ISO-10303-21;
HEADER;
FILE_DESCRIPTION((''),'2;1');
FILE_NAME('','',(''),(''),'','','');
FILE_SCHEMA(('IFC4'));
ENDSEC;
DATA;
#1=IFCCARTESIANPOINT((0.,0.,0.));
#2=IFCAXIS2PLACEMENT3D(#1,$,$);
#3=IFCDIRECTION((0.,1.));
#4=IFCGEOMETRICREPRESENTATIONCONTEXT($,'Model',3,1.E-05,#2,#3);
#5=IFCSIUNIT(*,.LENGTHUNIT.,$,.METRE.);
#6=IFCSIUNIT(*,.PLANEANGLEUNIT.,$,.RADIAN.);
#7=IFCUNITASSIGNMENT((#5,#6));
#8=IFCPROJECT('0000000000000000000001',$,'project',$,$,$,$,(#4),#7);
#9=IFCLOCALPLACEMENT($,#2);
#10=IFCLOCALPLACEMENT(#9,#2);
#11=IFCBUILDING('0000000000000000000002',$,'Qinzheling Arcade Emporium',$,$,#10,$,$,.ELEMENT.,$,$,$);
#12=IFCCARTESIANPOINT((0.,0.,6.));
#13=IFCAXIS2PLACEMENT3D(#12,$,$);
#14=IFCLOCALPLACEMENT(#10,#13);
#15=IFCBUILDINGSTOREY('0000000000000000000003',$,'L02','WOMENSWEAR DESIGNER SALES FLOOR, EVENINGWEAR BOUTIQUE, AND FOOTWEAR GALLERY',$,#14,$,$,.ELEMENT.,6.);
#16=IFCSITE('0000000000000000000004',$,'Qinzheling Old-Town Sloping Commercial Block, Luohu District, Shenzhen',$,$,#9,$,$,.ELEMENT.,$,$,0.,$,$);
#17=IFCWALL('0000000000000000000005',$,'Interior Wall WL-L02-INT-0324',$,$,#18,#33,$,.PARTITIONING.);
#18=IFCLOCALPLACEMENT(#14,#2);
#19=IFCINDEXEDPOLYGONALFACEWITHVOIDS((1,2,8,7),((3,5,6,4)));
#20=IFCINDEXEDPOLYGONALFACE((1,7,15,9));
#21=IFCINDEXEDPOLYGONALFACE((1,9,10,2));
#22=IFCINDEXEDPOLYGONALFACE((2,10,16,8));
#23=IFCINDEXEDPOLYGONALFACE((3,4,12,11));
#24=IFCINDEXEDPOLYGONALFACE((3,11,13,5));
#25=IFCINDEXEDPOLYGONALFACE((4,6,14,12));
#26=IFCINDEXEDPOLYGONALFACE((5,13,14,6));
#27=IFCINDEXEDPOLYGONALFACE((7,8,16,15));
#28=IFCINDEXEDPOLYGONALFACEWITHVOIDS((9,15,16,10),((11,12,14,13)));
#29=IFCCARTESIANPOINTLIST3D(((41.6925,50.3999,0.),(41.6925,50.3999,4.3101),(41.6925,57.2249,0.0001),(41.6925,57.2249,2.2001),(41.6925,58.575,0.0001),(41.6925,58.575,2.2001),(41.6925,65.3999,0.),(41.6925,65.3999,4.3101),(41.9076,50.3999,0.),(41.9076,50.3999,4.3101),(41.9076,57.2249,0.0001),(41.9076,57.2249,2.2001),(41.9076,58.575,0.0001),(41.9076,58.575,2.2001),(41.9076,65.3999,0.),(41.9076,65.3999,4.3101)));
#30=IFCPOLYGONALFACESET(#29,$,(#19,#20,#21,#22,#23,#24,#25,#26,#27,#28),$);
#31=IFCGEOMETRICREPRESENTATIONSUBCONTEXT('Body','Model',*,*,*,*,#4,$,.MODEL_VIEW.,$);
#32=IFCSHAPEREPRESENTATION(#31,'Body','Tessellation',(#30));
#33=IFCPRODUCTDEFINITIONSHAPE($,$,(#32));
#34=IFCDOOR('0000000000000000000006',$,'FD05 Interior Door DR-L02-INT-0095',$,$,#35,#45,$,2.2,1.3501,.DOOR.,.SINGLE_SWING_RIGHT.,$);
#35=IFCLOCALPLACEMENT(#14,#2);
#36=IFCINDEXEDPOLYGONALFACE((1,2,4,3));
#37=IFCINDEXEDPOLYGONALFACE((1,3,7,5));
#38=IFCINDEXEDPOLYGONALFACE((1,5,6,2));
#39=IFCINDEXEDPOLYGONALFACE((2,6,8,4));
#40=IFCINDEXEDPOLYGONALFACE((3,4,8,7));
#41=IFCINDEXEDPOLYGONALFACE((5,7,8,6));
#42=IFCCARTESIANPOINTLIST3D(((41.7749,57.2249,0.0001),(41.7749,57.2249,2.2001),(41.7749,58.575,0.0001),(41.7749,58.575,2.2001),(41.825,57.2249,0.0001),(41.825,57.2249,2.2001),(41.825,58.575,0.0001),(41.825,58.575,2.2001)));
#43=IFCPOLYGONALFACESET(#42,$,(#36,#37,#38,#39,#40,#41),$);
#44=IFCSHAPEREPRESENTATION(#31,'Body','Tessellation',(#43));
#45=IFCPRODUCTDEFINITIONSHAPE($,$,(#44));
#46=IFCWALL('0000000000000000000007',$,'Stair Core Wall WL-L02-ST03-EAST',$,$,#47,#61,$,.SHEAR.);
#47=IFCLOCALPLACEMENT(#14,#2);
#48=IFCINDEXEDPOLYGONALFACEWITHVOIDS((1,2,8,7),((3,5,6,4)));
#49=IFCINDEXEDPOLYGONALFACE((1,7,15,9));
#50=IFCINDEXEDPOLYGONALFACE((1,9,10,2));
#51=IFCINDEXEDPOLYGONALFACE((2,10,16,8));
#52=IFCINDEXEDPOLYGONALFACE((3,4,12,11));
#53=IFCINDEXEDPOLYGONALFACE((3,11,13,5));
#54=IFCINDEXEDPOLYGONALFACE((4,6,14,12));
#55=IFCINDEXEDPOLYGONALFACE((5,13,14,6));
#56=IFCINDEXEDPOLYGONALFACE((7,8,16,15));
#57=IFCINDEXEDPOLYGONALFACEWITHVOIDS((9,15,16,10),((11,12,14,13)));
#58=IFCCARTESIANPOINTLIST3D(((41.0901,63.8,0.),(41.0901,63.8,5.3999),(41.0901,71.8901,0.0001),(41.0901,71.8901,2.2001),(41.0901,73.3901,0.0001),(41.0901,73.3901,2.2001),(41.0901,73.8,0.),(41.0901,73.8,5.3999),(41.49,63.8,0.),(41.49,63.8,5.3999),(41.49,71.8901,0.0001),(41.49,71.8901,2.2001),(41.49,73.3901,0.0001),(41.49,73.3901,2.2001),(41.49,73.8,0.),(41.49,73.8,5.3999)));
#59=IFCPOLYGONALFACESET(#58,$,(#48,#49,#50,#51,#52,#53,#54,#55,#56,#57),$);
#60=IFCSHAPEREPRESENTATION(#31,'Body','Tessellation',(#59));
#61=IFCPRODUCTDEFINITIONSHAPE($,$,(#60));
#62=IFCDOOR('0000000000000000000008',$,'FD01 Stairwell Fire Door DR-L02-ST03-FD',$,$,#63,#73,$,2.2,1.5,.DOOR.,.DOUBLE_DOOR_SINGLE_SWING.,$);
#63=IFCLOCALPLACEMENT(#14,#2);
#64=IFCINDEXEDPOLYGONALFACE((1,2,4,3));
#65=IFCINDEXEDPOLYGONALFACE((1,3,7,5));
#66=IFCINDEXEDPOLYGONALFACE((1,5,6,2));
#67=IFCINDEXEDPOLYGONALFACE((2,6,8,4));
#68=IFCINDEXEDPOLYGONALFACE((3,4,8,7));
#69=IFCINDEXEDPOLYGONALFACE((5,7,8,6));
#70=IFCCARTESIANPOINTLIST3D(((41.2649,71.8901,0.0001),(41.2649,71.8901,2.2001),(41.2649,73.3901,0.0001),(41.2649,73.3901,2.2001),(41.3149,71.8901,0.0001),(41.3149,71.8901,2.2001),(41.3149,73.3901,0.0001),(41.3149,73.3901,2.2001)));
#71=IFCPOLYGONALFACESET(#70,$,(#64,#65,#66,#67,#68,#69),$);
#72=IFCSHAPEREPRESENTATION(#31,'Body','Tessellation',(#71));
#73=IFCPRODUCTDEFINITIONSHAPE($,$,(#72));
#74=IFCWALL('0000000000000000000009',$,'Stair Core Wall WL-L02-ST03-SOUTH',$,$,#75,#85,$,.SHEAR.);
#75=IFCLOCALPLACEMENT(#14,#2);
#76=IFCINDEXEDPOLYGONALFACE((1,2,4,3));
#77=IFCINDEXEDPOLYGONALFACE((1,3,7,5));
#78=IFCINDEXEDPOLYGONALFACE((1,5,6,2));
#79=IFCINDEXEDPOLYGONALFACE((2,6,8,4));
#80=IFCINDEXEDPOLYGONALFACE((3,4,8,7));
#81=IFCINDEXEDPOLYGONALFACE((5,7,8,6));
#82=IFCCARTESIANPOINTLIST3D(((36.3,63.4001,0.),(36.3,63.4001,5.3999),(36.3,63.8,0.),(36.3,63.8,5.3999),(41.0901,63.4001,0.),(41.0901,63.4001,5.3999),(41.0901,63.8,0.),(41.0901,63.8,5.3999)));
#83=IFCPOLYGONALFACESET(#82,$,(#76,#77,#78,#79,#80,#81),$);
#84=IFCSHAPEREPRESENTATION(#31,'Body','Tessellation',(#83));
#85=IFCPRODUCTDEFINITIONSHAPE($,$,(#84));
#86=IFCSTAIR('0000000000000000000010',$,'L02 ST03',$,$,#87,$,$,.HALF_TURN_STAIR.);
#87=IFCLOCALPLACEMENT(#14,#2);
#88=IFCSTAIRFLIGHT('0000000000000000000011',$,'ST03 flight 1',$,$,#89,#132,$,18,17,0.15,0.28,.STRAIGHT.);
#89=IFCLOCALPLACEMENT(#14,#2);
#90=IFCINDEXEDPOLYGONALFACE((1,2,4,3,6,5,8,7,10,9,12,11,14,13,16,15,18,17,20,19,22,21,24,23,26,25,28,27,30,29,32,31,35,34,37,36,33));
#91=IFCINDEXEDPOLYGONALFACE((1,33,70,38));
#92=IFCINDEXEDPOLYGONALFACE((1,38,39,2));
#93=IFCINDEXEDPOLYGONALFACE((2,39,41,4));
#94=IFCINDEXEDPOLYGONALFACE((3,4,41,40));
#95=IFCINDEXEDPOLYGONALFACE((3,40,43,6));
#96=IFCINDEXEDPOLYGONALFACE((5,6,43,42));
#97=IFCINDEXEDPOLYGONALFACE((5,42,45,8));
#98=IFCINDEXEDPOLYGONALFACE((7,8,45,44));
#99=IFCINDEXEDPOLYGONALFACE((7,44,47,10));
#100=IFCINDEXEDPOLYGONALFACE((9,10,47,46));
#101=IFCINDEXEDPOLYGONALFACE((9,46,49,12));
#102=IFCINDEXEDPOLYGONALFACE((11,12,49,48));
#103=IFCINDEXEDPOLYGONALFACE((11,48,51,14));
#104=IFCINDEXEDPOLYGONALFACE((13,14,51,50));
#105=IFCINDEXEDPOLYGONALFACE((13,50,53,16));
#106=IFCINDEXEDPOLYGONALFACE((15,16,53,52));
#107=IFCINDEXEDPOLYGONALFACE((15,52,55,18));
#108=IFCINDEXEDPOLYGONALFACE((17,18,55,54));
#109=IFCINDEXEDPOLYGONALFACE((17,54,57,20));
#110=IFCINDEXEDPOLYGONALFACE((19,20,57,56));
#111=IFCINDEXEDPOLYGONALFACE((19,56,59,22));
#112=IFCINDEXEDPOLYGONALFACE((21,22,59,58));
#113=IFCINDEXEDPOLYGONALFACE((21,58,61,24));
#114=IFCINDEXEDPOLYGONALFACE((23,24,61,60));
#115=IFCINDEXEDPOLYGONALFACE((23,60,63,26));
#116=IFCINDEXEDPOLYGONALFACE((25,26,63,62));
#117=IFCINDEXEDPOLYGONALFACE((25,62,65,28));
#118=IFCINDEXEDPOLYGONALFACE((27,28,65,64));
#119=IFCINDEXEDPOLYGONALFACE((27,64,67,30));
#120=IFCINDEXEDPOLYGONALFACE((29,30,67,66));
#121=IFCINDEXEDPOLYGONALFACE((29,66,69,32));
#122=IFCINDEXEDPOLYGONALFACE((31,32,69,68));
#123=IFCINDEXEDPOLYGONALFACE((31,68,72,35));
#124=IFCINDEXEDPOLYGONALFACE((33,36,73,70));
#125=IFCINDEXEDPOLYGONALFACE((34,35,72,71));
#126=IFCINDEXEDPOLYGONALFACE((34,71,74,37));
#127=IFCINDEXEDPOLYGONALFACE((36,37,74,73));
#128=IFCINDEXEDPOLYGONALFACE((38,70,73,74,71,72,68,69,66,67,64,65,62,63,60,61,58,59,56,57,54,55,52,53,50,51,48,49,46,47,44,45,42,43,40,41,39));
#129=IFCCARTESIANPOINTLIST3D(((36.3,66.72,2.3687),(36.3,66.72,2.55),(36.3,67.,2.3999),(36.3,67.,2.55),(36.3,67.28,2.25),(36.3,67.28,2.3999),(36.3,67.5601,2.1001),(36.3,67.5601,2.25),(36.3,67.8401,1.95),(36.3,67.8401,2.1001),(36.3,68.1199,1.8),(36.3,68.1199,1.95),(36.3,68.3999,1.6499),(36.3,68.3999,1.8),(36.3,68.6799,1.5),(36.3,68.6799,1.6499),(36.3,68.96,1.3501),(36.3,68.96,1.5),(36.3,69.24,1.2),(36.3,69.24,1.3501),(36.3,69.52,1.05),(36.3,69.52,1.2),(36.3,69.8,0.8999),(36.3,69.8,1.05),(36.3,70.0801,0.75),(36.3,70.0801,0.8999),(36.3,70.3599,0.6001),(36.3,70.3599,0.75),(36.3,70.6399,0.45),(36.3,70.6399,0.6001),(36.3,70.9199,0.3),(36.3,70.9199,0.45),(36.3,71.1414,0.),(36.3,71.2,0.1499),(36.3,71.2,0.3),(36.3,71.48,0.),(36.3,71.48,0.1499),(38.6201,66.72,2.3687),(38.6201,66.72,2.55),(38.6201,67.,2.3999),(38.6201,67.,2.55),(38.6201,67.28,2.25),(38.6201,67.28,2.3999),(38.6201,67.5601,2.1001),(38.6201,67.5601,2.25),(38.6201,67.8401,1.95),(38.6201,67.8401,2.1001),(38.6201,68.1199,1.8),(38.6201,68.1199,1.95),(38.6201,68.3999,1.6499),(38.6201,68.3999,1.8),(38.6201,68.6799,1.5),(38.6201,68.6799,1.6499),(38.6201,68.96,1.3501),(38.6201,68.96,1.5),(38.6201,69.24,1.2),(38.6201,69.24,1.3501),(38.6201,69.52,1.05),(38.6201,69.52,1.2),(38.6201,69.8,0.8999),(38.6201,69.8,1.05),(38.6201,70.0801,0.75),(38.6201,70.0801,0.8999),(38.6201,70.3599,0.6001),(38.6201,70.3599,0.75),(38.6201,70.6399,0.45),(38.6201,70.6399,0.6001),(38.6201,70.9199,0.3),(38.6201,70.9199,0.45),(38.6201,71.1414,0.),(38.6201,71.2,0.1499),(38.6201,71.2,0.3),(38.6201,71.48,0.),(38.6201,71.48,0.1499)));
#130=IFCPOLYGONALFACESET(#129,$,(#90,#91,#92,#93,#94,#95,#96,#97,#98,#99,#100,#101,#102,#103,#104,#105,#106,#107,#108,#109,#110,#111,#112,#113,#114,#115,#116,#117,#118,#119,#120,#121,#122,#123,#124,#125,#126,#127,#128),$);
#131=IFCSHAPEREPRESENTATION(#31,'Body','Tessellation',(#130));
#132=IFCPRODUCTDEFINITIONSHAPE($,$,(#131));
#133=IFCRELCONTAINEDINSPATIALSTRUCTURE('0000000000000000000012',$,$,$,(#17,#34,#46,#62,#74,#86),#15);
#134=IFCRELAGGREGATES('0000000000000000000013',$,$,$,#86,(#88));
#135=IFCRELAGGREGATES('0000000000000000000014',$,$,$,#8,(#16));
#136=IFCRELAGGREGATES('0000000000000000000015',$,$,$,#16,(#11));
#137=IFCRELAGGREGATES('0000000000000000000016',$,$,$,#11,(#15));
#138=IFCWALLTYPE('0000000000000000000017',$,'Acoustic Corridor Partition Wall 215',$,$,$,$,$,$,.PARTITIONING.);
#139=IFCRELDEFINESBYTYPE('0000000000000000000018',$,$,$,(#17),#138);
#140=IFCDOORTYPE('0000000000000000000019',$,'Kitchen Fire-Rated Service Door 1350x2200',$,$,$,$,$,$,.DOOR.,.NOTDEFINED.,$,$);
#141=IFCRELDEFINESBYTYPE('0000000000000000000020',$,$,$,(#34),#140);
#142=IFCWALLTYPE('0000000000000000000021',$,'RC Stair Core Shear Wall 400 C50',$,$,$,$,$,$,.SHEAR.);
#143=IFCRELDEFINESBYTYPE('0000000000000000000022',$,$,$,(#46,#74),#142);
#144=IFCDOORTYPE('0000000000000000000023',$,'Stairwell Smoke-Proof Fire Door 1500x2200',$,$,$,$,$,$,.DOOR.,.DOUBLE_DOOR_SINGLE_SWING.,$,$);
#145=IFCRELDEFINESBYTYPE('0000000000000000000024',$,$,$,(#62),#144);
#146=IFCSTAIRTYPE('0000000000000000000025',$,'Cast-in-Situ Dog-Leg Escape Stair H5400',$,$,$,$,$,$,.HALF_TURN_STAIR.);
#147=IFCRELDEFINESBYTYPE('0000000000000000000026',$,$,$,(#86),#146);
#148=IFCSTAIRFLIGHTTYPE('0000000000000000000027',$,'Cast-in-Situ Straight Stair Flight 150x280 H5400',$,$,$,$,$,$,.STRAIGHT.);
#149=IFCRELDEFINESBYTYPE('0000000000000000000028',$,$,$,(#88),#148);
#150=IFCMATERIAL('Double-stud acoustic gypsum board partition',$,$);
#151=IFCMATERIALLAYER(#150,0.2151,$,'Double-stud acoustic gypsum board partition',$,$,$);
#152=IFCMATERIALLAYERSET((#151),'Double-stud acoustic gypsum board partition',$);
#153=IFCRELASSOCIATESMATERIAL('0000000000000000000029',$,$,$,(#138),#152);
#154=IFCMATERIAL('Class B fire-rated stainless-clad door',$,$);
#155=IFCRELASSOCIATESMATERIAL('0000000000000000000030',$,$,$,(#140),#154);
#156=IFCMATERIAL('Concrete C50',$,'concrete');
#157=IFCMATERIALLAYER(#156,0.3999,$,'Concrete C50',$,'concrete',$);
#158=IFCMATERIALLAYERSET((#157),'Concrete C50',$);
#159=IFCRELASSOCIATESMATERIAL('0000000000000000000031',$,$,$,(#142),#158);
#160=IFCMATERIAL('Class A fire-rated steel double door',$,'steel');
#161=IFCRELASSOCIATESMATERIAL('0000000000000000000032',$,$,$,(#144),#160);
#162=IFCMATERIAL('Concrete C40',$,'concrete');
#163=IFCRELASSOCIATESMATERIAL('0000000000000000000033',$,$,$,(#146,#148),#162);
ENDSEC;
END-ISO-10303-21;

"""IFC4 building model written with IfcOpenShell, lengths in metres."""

from ifc_helpers import new_model, si_unit, direction, frame, frame_2d, origin, place, context, subcontext, project, spatial, polyline, rectangle, outline, extrude, material, layer, layer_set, type_object, element, fill, aggregate, save


model = new_model("IFC4")

# Units and contexts
model_context = context("Model", 3, precision=1e-05, world=origin(), true_north=direction((0.0, 1.0)))
body_context = subcontext(model_context, "Body", "Model", "MODEL_VIEW")
ifc_project = project(units=[si_unit("LENGTHUNIT", "METRE"), si_unit("PLANEANGLEUNIT", "RADIAN")], contexts=[model_context])

# Site, building, storey
site_placement = place(None, origin())
site = spatial("IfcSite", under=ifc_project, at=site_placement, Name="Qinzheling Old-Town Sloping Commercial Block, Luohu District, Shenzhen", CompositionType="ELEMENT", RefElevation=0.0)
building_placement = place(site_placement, origin())
building = spatial("IfcBuilding", under=site, at=building_placement, Name="Qinzheling Arcade Emporium", CompositionType="ELEMENT")
storey_placement = place(building_placement, frame((0.0, 0.0, 6.0)))
storey = spatial("IfcBuildingStorey", under=building, at=storey_placement, Name="L02", Description="WOMENSWEAR DESIGNER SALES FLOOR, EVENINGWEAR BOUTIQUE, AND FOOTWEAR GALLERY", CompositionType="ELEMENT", Elevation=6.0)

# Shared definitions
ifc_material_1 = material(Name="Concrete C50", Category="concrete")

# Shared definitions
ifc_material_2 = material(Name="Concrete C40", Category="concrete")

# Shared definitions
ifc_material_3 = material(Name="Double-stud acoustic gypsum board partition")
ifc_layer_1 = layer(ifc_material_3, 0.2151, Name="Double-stud acoustic gypsum board partition")
ifc_layer_set_1 = layer_set([ifc_layer_1], Name="Double-stud acoustic gypsum board partition")
wall_type_1 = type_object("IfcWallType", Name="Acoustic Corridor Partition Wall 215", PredefinedType="PARTITIONING", material=ifc_layer_set_1)

# Walls, openings, doors
wall_1_placement = place(storey_placement, frame((41.8, 65.3999, 0.0), z_axis=(0.0, 0.0, 1.0), x_axis=(0.0, -1.0, 0.0)))
wall_1 = element("IfcWall", 1, at=wall_1_placement, inside=storey, type_object=wall_type_1, Name="Interior Wall WL-L02-INT-0324", PredefinedType="PARTITIONING", context=body_context, shape_type="SweptSolid", body=[
    extrude(rectangle(XDim=15.0, YDim=0.2151, at=frame_2d((7.5, 0.0))), origin(), (0.0, 0.0, 1.0), 4.3101),
])
opening_1_placement = place(wall_1_placement, frame((6.825, 0.0, 0.0)))
opening_1 = element("IfcOpeningElement", 2, at=opening_1_placement, cuts=wall_1, PredefinedType="OPENING", context=body_context, shape_type="SweptSolid", body=[
    extrude(rectangle(XDim=1.3501, YDim=2.2, at=frame_2d((0.675, 1.1001))), frame((0.0, 0.1177, 0.0), z_axis=(0.0, -1.0, 0.0), x_axis=(1.0, 0.0, 0.0)), (0.0, 0.0, 1.0), 0.2351),
])
ifc_material_4 = material(Name="Class B fire-rated stainless-clad door")
door_type_1 = type_object("IfcDoorType", Name="Kitchen Fire-Rated Service Door 1350x2200", OperationType="NOTDEFINED", PredefinedType="DOOR", material=ifc_material_4)
door_1_placement = place(opening_1_placement, origin())
door_1 = element("IfcDoor", 3, at=door_1_placement, inside=storey, type_object=door_type_1, Name="FD05 Interior Door DR-L02-INT-0095", OperationType="SINGLE_SWING_RIGHT", OverallHeight=2.2, OverallWidth=1.3501, PredefinedType="DOOR", context=body_context, shape_type="SweptSolid", body=[
    extrude(rectangle(XDim=1.3501, YDim=2.2, at=frame_2d((0.675, 1.1001))), frame((0.0, 0.0249, 0.0), z_axis=(0.0, -1.0, 0.0), x_axis=(1.0, 0.0, 0.0)), (0.0, 0.0, 1.0), 0.05),
])
fill(opening_1, door_1)
ifc_layer_2 = layer(ifc_material_1, 0.3999, Name="Concrete C50", Category="concrete")
ifc_layer_set_2 = layer_set([ifc_layer_2], Name="Concrete C50")
wall_type_2 = type_object("IfcWallType", Name="RC Stair Core Shear Wall 400 C50", PredefinedType="SHEAR", material=ifc_layer_set_2)
wall_2_placement = place(storey_placement, frame((41.29, 73.8, 0.0), z_axis=(0.0, 0.0, 1.0), x_axis=(0.0, -1.0, 0.0)))
wall_2 = element("IfcWall", 4, at=wall_2_placement, inside=storey, type_object=wall_type_2, Name="Stair Core Wall WL-L02-ST03-EAST", PredefinedType="SHEAR", context=body_context, shape_type="SweptSolid", body=[
    extrude(rectangle(XDim=10.0, YDim=0.3999, at=frame_2d((5.0, 0.0))), origin(), (0.0, 0.0, 1.0), 5.3999),
])
opening_2_placement = place(wall_2_placement, frame((0.4099, 0.0, 0.0)))
opening_2 = element("IfcOpeningElement", 5, at=opening_2_placement, cuts=wall_2, PredefinedType="OPENING", context=body_context, shape_type="SweptSolid", body=[
    extrude(rectangle(XDim=1.5, YDim=2.2, at=frame_2d((0.75, 1.1001))), frame((0.0, 0.21, 0.0), z_axis=(0.0, -1.0, 0.0), x_axis=(1.0, 0.0, 0.0)), (0.0, 0.0, 1.0), 0.4199),
])
ifc_material_5 = material(Name="Class A fire-rated steel double door", Category="steel")
door_type_2 = type_object("IfcDoorType", Name="Stairwell Smoke-Proof Fire Door 1500x2200", OperationType="DOUBLE_DOOR_SINGLE_SWING", PredefinedType="DOOR", material=ifc_material_5)
door_2_placement = place(opening_2_placement, origin())
door_2 = element("IfcDoor", 6, at=door_2_placement, inside=storey, type_object=door_type_2, Name="FD01 Stairwell Fire Door DR-L02-ST03-FD", OperationType="DOUBLE_DOOR_SINGLE_SWING", OverallHeight=2.2, OverallWidth=1.5, PredefinedType="DOOR", context=body_context, shape_type="SweptSolid", body=[
    extrude(rectangle(XDim=1.5, YDim=2.2, at=frame_2d((0.75, 1.1001))), frame((0.0, 0.0249, 0.0), z_axis=(0.0, -1.0, 0.0), x_axis=(1.0, 0.0, 0.0)), (0.0, 0.0, 1.0), 0.05),
])
fill(opening_2, door_2)

# Wall
wall_3_placement = place(storey_placement, frame((41.0901, 63.6001, 0.0), z_axis=(0.0, 0.0, 1.0), x_axis=(-1.0, 0.0, 0.0)))
element("IfcWall", 7, at=wall_3_placement, inside=storey, type_object=wall_type_2, Name="Stair Core Wall WL-L02-ST03-SOUTH", PredefinedType="SHEAR", context=body_context, shape_type="SweptSolid", body=[
    extrude(rectangle(XDim=4.79, YDim=0.3999, at=frame_2d((2.395, 0.0))), origin(), (0.0, 0.0, 1.0), 5.3999),
])

# Stair, stair flight
stair_type = type_object("IfcStairType", Name="Cast-in-Situ Dog-Leg Escape Stair H5400", PredefinedType="HALF_TURN_STAIR", material=ifc_material_2)
stair_placement = place(storey_placement, origin())
stair = element("IfcStair", 8, at=stair_placement, inside=storey, type_object=stair_type, Name="L02 ST03", PredefinedType="HALF_TURN_STAIR")
stair_flight_type = type_object("IfcStairFlightType", Name="Cast-in-Situ Straight Stair Flight 150x280 H5400", PredefinedType="STRAIGHT", material=ifc_material_2)
stair_flight_1_placement = place(storey_placement, frame((37.46, 71.48, 0.0), z_axis=(0.0, 0.0, 1.0), x_axis=(0.0, -1.0, 0.0)))
stair_flight_1 = element("IfcStairFlight", 9, at=stair_flight_1_placement, type_object=stair_flight_type, Name="ST03 flight 1", NumberOfRisers=18, NumberOfTreads=17, PredefinedType="STRAIGHT", RiserHeight=0.15, TreadLength=0.28, context=body_context, shape_type="SweptSolid", body=[
    extrude(outline(polyline([(0.0, 0.0), (0.0, 0.1499), (0.28, 0.1499), (0.28, 0.3), (0.5601, 0.3), (0.5601, 0.45), (0.8401, 0.45), (0.8401, 0.6001), (1.1201, 0.6001), (1.1201, 0.75), (1.3999, 0.75), (1.3999, 0.8999), (1.6799, 0.8999), (1.6799, 1.05), (1.96, 1.05), (1.96, 1.2), (2.24, 1.2), (2.24, 1.3501), (2.52, 1.3501), (2.52, 1.5), (2.8, 1.5), (2.8, 1.6499), (3.0801, 1.6499), (3.0801, 1.8), (3.3601, 1.8), (3.3601, 1.95), (3.6399, 1.95), (3.6399, 2.1001), (3.9199, 2.1001), (3.9199, 2.25), (4.2, 2.25), (4.2, 2.3999), (4.48, 2.3999), (4.48, 2.55), (4.76, 2.55), (4.76, 2.7), (4.76, 2.3687), (0.3386, 0.0), (0.0, 0.0)])), frame((0.0, 1.1602, 0.0), z_axis=(0.0, -1.0, 0.0), x_axis=(1.0, 0.0, 0.0)), (0.0, 0.0, 1.0), 2.3201),
])
aggregate(stair, [stair_flight_1])

save(model, "model.ifc")
